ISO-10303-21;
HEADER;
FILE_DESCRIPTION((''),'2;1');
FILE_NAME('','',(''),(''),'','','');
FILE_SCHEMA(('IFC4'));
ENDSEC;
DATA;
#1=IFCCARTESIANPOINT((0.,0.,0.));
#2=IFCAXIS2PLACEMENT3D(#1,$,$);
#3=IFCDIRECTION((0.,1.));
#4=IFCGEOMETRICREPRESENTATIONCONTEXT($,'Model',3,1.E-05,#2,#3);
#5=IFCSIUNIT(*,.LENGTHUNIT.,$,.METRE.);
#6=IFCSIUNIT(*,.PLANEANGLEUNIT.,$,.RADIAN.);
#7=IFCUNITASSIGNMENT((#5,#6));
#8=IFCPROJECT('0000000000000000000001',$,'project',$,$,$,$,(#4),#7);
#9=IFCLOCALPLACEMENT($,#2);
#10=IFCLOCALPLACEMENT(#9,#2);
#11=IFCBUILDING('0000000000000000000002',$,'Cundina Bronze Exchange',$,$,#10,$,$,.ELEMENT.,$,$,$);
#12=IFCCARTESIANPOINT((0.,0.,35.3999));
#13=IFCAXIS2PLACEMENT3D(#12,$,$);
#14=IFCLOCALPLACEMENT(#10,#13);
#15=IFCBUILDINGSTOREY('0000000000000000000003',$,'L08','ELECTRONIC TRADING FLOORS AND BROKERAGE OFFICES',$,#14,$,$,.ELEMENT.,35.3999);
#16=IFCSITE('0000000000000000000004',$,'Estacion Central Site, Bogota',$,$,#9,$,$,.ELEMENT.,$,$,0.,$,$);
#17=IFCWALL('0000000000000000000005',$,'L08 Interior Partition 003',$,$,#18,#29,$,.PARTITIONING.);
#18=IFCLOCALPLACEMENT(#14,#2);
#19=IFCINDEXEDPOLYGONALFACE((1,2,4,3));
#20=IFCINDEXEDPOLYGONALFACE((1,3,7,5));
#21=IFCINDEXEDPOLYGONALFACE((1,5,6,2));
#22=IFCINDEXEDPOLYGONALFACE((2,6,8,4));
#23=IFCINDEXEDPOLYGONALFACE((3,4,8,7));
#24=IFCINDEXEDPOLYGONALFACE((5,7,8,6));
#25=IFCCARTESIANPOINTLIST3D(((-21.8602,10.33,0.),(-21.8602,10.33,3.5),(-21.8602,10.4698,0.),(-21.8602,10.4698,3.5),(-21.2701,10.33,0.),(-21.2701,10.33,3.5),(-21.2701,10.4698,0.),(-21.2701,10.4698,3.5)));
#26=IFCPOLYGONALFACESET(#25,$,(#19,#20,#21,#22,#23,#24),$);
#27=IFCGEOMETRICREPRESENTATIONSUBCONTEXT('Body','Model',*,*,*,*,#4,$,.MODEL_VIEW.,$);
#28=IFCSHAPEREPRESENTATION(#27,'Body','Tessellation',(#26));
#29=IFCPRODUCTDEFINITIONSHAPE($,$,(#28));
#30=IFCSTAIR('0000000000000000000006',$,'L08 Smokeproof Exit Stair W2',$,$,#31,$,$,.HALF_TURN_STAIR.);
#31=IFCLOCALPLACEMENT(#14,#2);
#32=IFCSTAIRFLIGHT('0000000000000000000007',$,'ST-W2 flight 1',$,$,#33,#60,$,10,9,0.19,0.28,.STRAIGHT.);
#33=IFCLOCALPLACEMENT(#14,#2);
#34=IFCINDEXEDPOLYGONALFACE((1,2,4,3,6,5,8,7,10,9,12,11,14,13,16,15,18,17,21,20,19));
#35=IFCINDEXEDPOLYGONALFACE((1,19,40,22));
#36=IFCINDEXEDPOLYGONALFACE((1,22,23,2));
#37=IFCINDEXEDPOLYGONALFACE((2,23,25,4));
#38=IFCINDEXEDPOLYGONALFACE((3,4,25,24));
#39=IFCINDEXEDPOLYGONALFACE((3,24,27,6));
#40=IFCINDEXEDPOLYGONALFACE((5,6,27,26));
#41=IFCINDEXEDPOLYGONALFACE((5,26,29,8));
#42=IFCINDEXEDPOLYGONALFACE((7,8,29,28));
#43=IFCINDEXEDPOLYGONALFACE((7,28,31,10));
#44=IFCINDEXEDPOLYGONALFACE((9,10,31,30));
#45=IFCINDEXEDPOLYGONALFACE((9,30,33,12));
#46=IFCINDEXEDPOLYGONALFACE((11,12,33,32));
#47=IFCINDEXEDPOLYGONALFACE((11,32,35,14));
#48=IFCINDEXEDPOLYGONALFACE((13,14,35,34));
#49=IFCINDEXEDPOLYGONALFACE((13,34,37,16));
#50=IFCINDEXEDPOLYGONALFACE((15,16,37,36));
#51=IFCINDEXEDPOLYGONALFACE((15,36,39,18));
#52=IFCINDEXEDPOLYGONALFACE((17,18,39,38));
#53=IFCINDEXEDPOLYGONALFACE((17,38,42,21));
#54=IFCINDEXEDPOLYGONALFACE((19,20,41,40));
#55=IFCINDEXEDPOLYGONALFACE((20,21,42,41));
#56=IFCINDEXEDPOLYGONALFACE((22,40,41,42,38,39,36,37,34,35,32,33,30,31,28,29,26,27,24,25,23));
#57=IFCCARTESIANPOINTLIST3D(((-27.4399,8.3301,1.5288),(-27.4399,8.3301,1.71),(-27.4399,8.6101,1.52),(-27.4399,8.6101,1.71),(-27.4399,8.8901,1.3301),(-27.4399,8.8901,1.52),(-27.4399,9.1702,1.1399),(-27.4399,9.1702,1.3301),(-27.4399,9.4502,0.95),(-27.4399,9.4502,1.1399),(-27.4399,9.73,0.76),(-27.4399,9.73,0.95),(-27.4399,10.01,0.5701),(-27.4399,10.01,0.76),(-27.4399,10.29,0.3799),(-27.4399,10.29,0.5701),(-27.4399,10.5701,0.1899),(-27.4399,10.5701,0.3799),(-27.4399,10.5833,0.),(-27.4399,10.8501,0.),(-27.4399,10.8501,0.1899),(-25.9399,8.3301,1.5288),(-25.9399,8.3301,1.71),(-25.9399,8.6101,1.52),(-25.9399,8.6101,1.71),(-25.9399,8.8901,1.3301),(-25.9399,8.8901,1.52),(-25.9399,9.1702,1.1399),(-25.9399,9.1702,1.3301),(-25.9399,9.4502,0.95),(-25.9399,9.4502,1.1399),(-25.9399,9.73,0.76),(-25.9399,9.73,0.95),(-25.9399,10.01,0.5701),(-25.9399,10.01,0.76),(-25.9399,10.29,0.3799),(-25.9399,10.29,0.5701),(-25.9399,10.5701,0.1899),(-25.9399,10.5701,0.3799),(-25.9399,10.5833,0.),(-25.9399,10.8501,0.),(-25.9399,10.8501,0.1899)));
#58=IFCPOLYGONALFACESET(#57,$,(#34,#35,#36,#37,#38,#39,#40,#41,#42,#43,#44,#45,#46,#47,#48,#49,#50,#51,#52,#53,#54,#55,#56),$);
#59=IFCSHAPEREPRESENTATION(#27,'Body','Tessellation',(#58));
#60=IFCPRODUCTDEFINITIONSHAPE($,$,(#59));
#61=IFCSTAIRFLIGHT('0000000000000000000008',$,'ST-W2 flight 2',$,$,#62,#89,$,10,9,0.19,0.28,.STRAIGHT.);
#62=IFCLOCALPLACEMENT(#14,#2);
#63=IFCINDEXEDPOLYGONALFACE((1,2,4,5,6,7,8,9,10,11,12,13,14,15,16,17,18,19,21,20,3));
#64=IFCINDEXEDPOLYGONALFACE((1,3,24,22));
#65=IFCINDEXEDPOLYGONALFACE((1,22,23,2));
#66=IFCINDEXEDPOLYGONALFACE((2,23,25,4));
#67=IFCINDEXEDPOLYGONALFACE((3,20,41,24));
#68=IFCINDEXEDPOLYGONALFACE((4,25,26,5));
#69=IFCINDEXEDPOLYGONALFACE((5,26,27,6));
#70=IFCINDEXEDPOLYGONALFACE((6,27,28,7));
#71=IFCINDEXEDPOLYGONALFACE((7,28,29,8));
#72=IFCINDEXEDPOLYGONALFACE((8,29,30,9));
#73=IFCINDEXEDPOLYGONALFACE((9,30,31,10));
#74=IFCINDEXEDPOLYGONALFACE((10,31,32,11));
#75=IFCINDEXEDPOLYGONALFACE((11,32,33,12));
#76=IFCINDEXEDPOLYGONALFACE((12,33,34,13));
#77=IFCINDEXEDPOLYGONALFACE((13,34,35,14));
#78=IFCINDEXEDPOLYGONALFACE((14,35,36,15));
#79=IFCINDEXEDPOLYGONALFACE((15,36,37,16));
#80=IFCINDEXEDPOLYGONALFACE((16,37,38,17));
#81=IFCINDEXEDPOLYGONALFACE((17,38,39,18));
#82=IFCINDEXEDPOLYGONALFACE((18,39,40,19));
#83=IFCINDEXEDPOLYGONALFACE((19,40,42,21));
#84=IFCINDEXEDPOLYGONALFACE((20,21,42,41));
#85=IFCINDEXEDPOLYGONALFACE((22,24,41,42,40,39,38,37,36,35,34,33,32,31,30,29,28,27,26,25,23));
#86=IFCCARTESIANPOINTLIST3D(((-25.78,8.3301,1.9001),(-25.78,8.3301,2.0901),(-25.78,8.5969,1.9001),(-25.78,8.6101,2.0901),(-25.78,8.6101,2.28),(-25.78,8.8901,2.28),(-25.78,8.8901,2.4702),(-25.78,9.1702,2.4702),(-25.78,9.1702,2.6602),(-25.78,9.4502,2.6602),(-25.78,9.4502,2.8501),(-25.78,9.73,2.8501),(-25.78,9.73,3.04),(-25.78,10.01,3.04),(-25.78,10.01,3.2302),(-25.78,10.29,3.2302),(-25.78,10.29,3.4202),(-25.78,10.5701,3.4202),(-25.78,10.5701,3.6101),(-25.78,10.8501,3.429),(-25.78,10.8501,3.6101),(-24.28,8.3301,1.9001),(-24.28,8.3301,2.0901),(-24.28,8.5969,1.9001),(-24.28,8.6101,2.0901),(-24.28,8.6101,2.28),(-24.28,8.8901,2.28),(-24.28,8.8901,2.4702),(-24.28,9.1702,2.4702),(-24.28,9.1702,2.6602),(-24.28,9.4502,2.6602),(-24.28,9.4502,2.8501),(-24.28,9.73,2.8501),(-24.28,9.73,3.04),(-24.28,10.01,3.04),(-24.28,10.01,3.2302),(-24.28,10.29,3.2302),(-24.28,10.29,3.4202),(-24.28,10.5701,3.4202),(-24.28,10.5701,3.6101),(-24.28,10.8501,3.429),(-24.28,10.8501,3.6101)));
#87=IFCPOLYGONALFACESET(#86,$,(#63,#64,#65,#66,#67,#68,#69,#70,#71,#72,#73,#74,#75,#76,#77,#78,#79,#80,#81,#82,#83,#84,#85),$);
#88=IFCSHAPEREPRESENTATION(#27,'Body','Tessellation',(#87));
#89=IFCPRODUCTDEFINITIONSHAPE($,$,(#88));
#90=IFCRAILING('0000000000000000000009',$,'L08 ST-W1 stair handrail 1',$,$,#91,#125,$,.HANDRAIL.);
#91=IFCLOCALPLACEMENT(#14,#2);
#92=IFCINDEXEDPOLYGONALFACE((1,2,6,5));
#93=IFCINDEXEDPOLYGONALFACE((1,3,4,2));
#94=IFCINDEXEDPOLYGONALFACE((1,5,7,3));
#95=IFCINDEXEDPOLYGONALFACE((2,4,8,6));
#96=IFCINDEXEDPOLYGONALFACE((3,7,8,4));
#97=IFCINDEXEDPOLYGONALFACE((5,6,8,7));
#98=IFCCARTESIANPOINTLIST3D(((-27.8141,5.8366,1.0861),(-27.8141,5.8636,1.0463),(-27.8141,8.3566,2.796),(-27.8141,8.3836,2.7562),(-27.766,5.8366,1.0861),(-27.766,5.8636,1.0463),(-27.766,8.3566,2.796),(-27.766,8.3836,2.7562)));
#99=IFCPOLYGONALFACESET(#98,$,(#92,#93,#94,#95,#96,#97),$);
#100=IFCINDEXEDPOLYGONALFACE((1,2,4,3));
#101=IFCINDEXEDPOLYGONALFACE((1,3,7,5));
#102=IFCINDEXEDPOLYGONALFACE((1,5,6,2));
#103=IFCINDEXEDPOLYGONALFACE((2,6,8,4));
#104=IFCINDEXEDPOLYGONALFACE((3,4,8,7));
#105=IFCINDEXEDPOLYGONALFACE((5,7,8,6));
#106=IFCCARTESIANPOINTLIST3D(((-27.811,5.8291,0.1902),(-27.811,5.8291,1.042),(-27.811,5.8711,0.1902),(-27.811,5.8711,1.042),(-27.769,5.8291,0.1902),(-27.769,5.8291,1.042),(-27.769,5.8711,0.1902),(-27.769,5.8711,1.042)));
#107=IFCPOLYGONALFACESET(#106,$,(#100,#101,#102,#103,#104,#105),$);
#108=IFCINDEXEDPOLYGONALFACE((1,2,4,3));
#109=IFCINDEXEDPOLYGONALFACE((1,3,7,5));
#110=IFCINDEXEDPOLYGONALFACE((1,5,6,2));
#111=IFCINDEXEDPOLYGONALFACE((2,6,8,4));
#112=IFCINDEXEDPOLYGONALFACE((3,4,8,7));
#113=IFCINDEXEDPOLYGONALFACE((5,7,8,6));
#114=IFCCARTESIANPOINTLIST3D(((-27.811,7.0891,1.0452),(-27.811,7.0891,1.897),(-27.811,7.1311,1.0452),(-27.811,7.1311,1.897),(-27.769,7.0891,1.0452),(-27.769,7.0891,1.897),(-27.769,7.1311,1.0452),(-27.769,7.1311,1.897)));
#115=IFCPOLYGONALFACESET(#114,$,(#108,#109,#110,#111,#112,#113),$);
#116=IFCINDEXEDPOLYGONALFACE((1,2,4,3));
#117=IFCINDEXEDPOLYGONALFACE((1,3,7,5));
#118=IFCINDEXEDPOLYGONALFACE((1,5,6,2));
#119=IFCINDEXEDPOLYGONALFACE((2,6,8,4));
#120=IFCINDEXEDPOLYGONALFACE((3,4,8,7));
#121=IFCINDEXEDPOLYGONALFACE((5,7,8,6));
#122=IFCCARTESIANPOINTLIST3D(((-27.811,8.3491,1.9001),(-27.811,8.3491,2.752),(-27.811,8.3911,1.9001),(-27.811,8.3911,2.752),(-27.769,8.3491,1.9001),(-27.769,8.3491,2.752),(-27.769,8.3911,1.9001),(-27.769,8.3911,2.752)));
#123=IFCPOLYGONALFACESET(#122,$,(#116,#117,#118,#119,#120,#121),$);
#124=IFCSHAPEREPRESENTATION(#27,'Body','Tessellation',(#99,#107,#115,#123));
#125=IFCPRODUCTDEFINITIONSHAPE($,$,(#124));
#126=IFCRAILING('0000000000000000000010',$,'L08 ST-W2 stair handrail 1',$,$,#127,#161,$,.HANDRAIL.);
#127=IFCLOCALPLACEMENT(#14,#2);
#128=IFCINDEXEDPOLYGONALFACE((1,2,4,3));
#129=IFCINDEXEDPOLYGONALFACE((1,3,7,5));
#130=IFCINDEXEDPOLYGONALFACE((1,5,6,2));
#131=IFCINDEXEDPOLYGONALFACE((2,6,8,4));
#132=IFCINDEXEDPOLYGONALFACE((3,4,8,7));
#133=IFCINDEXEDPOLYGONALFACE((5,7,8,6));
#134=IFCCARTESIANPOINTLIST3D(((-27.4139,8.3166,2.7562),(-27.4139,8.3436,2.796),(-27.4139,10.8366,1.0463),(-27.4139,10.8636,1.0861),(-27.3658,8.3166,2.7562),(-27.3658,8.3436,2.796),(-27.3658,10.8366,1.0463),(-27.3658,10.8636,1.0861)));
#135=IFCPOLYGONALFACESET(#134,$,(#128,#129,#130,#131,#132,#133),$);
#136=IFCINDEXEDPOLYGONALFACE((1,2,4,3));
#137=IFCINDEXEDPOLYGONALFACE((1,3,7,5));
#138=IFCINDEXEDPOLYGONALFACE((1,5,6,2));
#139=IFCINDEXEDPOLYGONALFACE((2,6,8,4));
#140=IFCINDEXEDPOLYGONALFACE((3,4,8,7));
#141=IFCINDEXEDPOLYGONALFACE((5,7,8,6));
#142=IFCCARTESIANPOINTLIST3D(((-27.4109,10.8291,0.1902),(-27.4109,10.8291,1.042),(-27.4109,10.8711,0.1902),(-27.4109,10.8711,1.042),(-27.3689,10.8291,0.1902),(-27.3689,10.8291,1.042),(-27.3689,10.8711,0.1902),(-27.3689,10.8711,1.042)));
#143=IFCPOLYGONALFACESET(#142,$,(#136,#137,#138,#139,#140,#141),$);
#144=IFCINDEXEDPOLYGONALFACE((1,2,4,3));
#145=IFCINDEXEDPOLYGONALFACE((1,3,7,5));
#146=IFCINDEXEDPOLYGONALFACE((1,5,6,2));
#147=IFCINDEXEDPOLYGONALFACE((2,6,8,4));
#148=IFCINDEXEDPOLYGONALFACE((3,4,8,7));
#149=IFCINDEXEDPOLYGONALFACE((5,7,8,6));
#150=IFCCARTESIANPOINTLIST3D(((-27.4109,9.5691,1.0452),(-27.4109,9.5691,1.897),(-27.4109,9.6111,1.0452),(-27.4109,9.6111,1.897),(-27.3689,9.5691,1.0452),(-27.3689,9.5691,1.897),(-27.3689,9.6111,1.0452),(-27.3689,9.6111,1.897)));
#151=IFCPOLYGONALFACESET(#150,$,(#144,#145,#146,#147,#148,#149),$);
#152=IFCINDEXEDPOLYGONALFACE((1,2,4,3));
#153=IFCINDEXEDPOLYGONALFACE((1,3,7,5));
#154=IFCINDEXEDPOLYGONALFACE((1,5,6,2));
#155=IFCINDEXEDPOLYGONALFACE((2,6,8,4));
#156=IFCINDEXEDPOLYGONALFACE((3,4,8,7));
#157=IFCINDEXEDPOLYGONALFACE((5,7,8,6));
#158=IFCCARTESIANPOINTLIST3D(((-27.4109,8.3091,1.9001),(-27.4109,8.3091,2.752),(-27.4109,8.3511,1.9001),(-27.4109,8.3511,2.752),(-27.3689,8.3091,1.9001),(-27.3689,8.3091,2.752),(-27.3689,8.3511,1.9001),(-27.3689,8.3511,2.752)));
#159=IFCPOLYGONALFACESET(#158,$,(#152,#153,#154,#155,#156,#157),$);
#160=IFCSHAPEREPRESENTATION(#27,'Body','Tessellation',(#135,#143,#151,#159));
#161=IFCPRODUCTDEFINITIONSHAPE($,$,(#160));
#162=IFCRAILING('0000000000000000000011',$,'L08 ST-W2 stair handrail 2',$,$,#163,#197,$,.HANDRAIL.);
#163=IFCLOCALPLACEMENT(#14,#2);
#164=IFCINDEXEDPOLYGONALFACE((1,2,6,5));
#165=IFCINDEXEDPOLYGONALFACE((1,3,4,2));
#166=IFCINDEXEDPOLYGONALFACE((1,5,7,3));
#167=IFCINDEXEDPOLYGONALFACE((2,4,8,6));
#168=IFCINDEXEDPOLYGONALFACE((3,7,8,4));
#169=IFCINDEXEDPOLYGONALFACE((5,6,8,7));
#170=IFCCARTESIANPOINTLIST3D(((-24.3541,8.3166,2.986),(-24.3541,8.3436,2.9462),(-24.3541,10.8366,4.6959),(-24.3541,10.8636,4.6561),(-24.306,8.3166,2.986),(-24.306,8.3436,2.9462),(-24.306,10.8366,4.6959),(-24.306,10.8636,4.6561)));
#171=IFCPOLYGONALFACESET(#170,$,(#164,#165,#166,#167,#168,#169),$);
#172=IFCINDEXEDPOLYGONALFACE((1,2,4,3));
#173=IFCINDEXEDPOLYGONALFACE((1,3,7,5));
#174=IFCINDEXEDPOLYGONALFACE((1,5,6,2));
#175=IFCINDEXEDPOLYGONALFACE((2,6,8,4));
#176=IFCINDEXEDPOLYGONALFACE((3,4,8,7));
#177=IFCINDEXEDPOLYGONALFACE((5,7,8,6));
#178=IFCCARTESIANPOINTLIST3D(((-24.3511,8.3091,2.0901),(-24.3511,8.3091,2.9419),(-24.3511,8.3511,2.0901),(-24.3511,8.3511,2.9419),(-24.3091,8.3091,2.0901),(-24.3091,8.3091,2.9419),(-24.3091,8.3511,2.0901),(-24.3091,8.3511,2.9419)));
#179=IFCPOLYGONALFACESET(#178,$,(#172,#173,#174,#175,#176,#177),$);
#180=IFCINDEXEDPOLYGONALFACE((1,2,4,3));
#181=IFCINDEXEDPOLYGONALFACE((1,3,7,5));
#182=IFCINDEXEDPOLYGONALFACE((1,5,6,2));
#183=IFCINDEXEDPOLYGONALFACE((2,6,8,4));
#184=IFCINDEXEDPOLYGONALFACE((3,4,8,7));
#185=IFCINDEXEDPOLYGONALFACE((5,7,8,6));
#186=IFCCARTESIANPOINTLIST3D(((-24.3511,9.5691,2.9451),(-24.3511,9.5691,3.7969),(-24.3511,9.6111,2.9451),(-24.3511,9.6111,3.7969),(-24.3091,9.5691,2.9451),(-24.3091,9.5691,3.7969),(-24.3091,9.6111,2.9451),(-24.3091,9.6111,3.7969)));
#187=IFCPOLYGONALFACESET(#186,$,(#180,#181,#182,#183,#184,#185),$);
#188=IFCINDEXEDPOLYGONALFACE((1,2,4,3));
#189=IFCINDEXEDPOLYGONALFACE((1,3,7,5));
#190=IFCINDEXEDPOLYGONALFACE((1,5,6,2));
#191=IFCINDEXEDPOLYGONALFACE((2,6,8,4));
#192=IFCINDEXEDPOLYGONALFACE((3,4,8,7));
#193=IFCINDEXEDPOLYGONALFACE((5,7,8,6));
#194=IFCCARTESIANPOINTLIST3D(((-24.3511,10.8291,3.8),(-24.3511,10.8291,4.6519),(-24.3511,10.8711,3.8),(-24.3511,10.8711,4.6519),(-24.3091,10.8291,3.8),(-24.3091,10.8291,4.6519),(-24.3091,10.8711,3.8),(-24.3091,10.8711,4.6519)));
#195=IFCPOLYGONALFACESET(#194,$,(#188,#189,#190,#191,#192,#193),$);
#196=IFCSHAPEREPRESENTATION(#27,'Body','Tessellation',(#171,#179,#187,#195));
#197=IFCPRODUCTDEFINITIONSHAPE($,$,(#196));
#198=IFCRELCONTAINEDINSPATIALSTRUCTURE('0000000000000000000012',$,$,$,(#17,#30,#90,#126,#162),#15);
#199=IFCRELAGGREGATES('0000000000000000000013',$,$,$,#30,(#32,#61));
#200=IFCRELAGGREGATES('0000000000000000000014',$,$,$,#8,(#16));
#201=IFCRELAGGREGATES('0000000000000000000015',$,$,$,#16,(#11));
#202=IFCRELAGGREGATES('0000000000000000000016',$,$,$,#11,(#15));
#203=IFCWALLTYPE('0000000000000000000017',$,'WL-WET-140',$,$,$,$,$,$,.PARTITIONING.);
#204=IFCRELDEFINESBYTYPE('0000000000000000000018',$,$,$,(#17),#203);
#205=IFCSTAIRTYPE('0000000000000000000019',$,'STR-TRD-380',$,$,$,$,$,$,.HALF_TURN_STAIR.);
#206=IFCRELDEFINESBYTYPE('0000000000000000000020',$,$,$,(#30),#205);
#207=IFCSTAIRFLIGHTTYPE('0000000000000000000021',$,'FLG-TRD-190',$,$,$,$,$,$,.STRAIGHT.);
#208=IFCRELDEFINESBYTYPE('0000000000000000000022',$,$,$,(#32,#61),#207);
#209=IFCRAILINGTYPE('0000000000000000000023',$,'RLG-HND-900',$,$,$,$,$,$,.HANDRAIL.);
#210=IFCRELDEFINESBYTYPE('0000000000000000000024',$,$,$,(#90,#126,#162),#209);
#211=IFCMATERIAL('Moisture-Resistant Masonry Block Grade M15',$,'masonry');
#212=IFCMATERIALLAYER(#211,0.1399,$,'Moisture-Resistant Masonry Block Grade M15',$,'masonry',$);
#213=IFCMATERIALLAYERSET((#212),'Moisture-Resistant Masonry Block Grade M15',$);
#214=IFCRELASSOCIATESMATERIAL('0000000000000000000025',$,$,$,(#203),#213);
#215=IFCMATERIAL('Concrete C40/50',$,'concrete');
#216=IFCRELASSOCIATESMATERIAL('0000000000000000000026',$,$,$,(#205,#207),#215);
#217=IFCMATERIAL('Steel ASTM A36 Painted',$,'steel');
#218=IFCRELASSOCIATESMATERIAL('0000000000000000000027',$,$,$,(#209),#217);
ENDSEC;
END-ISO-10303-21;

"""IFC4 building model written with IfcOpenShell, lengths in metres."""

from ifc_helpers import new_model, si_unit, direction, frame, frame_2d, origin, origin_2d, place, context, subcontext, project, spatial, polyline, rectangle, outline, extrude, material, layer, layer_set, type_object, element, aggregate, save


model = new_model("IFC4")

# Units and contexts
model_context = context("Model", 3, precision=1e-05, world=origin(), true_north=direction((0.0, 1.0)))
body_context = subcontext(model_context, "Body", "Model", "MODEL_VIEW")
ifc_project = project(units=[si_unit("LENGTHUNIT", "METRE"), si_unit("PLANEANGLEUNIT", "RADIAN")], contexts=[model_context])

# Site, building, storey
site_placement = place(None, origin())
site = spatial("IfcSite", under=ifc_project, at=site_placement, Name="Estacion Central Site, Bogota", CompositionType="ELEMENT", RefElevation=0.0)
building_placement = place(site_placement, origin())
building = spatial("IfcBuilding", under=site, at=building_placement, Name="Cundina Bronze Exchange", CompositionType="ELEMENT")
storey_placement = place(building_placement, frame((0.0, 0.0, 35.3999)))
storey = spatial("IfcBuildingStorey", under=building, at=storey_placement, Name="L08", Description="ELECTRONIC TRADING FLOORS AND BROKERAGE OFFICES", CompositionType="ELEMENT", Elevation=35.3999)

# Shared definitions
ifc_material_1 = material(Name="Steel ASTM A36 Painted", Category="steel")

# Wall
ifc_material_2 = material(Name="Moisture-Resistant Masonry Block Grade M15", Category="masonry")
ifc_layer_1 = layer(ifc_material_2, 0.1399, Name="Moisture-Resistant Masonry Block Grade M15", Category="masonry")
ifc_layer_set_1 = layer_set([ifc_layer_1], Name="Moisture-Resistant Masonry Block Grade M15")
wall_type_1 = type_object("IfcWallType", Name="WL-WET-140", PredefinedType="PARTITIONING", material=ifc_layer_set_1)
wall_1_placement = place(storey_placement, frame((-21.8601, 10.3999, 0.0), z_axis=(0.0, 0.0, 1.0), x_axis=(1.0, 0.0, 0.0)))
element("IfcWall", 1, at=wall_1_placement, inside=storey, type_object=wall_type_1, Name="L08 Interior Partition 003", PredefinedType="PARTITIONING", context=body_context, shape_type="SweptSolid", body=[
    extrude(rectangle(XDim=0.5901, YDim=0.1399, at=frame_2d((0.2949, 0.0))), origin(), (0.0, 0.0, 1.0), 3.5),
])

# Stair, stair flights
ifc_material_3 = material(Name="Concrete C40/50", Category="concrete")
stair_type = type_object("IfcStairType", Name="STR-TRD-380", PredefinedType="HALF_TURN_STAIR", material=ifc_material_3)
stair_placement = place(storey_placement, origin())
stair = element("IfcStair", 2, at=stair_placement, inside=storey, type_object=stair_type, Name="L08 Smokeproof Exit Stair W2", PredefinedType="HALF_TURN_STAIR")
stair_flight_type = type_object("IfcStairFlightType", Name="FLG-TRD-190", PredefinedType="STRAIGHT", material=ifc_material_3)
stair_flight_1_placement = place(storey_placement, frame((-26.6899, 10.8501, 0.0), z_axis=(0.0, 0.0, 1.0), x_axis=(0.0, -1.0, 0.0)))
stair_flight_1 = element("IfcStairFlight", 3, at=stair_flight_1_placement, type_object=stair_flight_type, Name="ST-W2 flight 1", NumberOfRisers=10, NumberOfTreads=9, PredefinedType="STRAIGHT", RiserHeight=0.19, TreadLength=0.28, context=body_context, shape_type="SweptSolid", body=[
    extrude(outline(polyline([(0.0, 0.0), (0.0, 0.1899), (0.28, 0.1899), (0.28, 0.3799), (0.5601, 0.3799), (0.5601, 0.5701), (0.8401, 0.5701), (0.8401, 0.76), (1.1201, 0.76), (1.1201, 0.95), (1.3999, 0.95), (1.3999, 1.1399), (1.6799, 1.1399), (1.6799, 1.3301), (1.96, 1.3301), (1.96, 1.52), (2.24, 1.52), (2.24, 1.71), (2.52, 1.71), (2.52, 1.8999), (2.52, 1.5288), (0.2668, 0.0), (0.0, 0.0)])), frame((0.0, 0.75, 0.0), z_axis=(0.0, -1.0, 0.0), x_axis=(1.0, 0.0, 0.0)), (0.0, 0.0, 1.0), 1.5),
])
stair_flight_2_placement = place(storey_placement, frame((-25.03, 8.3301, 1.9001), z_axis=(0.0, 0.0, 1.0), x_axis=(0.0, 1.0, 0.0)))
stair_flight_2 = element("IfcStairFlight", 4, at=stair_flight_2_placement, type_object=stair_flight_type, Name="ST-W2 flight 2", NumberOfRisers=10, NumberOfTreads=9, PredefinedType="STRAIGHT", RiserHeight=0.19, TreadLength=0.28, context=body_context, shape_type="SweptSolid", body=[
    extrude(outline(polyline([(0.0, 0.0), (0.0, 0.1899), (0.28, 0.1899), (0.28, 0.3799), (0.5601, 0.3799), (0.5601, 0.5701), (0.8401, 0.5701), (0.8401, 0.76), (1.1201, 0.76), (1.1201, 0.95), (1.3999, 0.95), (1.3999, 1.1399), (1.6799, 1.1399), (1.6799, 1.3301), (1.96, 1.3301), (1.96, 1.52), (2.24, 1.52), (2.24, 1.71), (2.52, 1.71), (2.52, 1.8999), (2.52, 1.5288), (0.2668, 0.0), (0.0, 0.0)])), frame((0.0, 0.75, 0.0), z_axis=(0.0, -1.0, 0.0), x_axis=(1.0, 0.0, 0.0)), (0.0, 0.0, 1.0), 1.5),
])
aggregate(stair, [stair_flight_1, stair_flight_2])

# Railings
railing_type_1 = type_object("IfcRailingType", Name="RLG-HND-900", PredefinedType="HANDRAIL", material=ifc_material_1)
railing_1_placement = place(storey_placement, frame((-27.79, 5.8501, 0.1902)))
element("IfcRailing", 5, at=railing_1_placement, inside=storey, type_object=railing_type_1, Name="L08 ST-W1 stair handrail 1", PredefinedType="HANDRAIL", context=body_context, shape_type="SweptSolid", body=[
    extrude(rectangle(XDim=0.0481, YDim=0.0481, at=origin_2d()), frame((0.0, 0.0, 0.876), z_axis=(0.0, 0.827484, 0.56149), x_axis=(-1.0, 0.0, 0.0)), (0.0, 0.0, 1.0), 3.0454),
    extrude(rectangle(XDim=0.042, YDim=0.042, at=origin_2d()), origin(), (0.0, 0.0, 1.0), 0.8518),
    extrude(rectangle(XDim=0.042, YDim=0.042, at=origin_2d()), frame((0.0, 1.26, 0.855)), (0.0, 0.0, 1.0), 0.8518),
    extrude(rectangle(XDim=0.042, YDim=0.042, at=origin_2d()), frame((0.0, 2.52, 1.71)), (0.0, 0.0, 1.0), 0.8518),
])
railing_2_placement = place(storey_placement, frame((-27.3899, 10.8501, 0.1902)))
element("IfcRailing", 6, at=railing_2_placement, inside=storey, type_object=railing_type_1, Name="L08 ST-W2 stair handrail 1", PredefinedType="HANDRAIL", context=body_context, shape_type="SweptSolid", body=[
    extrude(rectangle(XDim=0.0481, YDim=0.0481, at=origin_2d()), frame((0.0, 0.0, 0.876), z_axis=(0.0, -0.827484, 0.56149), x_axis=(1.0, 0.0, 0.0)), (0.0, 0.0, 1.0), 3.0454),
    extrude(rectangle(XDim=0.042, YDim=0.042, at=origin_2d()), origin(), (0.0, 0.0, 1.0), 0.8518),
    extrude(rectangle(XDim=0.042, YDim=0.042, at=origin_2d()), frame((0.0, -1.26, 0.855)), (0.0, 0.0, 1.0), 0.8518),
    extrude(rectangle(XDim=0.042, YDim=0.042, at=origin_2d()), frame((0.0, -2.52, 1.71)), (0.0, 0.0, 1.0), 0.8518),
])
railing_3_placement = place(storey_placement, frame((-24.3301, 8.3301, 2.0901)))
element("IfcRailing", 7, at=railing_3_placement, inside=storey, type_object=railing_type_1, Name="L08 ST-W2 stair handrail 2", PredefinedType="HANDRAIL", context=body_context, shape_type="SweptSolid", body=[
    extrude(rectangle(XDim=0.0481, YDim=0.0481, at=origin_2d()), frame((0.0, 0.0, 0.876), z_axis=(0.0, 0.827484, 0.56149), x_axis=(-1.0, 0.0, 0.0)), (0.0, 0.0, 1.0), 3.0454),
    extrude(rectangle(XDim=0.042, YDim=0.042, at=origin_2d()), origin(), (0.0, 0.0, 1.0), 0.8518),
    extrude(rectangle(XDim=0.042, YDim=0.042, at=origin_2d()), frame((0.0, 1.26, 0.855)), (0.0, 0.0, 1.0), 0.8518),
    extrude(rectangle(XDim=0.042, YDim=0.042, at=origin_2d()), frame((0.0, 2.52, 1.71)), (0.0, 0.0, 1.0), 0.8518),
])

save(model, "model.ifc")
